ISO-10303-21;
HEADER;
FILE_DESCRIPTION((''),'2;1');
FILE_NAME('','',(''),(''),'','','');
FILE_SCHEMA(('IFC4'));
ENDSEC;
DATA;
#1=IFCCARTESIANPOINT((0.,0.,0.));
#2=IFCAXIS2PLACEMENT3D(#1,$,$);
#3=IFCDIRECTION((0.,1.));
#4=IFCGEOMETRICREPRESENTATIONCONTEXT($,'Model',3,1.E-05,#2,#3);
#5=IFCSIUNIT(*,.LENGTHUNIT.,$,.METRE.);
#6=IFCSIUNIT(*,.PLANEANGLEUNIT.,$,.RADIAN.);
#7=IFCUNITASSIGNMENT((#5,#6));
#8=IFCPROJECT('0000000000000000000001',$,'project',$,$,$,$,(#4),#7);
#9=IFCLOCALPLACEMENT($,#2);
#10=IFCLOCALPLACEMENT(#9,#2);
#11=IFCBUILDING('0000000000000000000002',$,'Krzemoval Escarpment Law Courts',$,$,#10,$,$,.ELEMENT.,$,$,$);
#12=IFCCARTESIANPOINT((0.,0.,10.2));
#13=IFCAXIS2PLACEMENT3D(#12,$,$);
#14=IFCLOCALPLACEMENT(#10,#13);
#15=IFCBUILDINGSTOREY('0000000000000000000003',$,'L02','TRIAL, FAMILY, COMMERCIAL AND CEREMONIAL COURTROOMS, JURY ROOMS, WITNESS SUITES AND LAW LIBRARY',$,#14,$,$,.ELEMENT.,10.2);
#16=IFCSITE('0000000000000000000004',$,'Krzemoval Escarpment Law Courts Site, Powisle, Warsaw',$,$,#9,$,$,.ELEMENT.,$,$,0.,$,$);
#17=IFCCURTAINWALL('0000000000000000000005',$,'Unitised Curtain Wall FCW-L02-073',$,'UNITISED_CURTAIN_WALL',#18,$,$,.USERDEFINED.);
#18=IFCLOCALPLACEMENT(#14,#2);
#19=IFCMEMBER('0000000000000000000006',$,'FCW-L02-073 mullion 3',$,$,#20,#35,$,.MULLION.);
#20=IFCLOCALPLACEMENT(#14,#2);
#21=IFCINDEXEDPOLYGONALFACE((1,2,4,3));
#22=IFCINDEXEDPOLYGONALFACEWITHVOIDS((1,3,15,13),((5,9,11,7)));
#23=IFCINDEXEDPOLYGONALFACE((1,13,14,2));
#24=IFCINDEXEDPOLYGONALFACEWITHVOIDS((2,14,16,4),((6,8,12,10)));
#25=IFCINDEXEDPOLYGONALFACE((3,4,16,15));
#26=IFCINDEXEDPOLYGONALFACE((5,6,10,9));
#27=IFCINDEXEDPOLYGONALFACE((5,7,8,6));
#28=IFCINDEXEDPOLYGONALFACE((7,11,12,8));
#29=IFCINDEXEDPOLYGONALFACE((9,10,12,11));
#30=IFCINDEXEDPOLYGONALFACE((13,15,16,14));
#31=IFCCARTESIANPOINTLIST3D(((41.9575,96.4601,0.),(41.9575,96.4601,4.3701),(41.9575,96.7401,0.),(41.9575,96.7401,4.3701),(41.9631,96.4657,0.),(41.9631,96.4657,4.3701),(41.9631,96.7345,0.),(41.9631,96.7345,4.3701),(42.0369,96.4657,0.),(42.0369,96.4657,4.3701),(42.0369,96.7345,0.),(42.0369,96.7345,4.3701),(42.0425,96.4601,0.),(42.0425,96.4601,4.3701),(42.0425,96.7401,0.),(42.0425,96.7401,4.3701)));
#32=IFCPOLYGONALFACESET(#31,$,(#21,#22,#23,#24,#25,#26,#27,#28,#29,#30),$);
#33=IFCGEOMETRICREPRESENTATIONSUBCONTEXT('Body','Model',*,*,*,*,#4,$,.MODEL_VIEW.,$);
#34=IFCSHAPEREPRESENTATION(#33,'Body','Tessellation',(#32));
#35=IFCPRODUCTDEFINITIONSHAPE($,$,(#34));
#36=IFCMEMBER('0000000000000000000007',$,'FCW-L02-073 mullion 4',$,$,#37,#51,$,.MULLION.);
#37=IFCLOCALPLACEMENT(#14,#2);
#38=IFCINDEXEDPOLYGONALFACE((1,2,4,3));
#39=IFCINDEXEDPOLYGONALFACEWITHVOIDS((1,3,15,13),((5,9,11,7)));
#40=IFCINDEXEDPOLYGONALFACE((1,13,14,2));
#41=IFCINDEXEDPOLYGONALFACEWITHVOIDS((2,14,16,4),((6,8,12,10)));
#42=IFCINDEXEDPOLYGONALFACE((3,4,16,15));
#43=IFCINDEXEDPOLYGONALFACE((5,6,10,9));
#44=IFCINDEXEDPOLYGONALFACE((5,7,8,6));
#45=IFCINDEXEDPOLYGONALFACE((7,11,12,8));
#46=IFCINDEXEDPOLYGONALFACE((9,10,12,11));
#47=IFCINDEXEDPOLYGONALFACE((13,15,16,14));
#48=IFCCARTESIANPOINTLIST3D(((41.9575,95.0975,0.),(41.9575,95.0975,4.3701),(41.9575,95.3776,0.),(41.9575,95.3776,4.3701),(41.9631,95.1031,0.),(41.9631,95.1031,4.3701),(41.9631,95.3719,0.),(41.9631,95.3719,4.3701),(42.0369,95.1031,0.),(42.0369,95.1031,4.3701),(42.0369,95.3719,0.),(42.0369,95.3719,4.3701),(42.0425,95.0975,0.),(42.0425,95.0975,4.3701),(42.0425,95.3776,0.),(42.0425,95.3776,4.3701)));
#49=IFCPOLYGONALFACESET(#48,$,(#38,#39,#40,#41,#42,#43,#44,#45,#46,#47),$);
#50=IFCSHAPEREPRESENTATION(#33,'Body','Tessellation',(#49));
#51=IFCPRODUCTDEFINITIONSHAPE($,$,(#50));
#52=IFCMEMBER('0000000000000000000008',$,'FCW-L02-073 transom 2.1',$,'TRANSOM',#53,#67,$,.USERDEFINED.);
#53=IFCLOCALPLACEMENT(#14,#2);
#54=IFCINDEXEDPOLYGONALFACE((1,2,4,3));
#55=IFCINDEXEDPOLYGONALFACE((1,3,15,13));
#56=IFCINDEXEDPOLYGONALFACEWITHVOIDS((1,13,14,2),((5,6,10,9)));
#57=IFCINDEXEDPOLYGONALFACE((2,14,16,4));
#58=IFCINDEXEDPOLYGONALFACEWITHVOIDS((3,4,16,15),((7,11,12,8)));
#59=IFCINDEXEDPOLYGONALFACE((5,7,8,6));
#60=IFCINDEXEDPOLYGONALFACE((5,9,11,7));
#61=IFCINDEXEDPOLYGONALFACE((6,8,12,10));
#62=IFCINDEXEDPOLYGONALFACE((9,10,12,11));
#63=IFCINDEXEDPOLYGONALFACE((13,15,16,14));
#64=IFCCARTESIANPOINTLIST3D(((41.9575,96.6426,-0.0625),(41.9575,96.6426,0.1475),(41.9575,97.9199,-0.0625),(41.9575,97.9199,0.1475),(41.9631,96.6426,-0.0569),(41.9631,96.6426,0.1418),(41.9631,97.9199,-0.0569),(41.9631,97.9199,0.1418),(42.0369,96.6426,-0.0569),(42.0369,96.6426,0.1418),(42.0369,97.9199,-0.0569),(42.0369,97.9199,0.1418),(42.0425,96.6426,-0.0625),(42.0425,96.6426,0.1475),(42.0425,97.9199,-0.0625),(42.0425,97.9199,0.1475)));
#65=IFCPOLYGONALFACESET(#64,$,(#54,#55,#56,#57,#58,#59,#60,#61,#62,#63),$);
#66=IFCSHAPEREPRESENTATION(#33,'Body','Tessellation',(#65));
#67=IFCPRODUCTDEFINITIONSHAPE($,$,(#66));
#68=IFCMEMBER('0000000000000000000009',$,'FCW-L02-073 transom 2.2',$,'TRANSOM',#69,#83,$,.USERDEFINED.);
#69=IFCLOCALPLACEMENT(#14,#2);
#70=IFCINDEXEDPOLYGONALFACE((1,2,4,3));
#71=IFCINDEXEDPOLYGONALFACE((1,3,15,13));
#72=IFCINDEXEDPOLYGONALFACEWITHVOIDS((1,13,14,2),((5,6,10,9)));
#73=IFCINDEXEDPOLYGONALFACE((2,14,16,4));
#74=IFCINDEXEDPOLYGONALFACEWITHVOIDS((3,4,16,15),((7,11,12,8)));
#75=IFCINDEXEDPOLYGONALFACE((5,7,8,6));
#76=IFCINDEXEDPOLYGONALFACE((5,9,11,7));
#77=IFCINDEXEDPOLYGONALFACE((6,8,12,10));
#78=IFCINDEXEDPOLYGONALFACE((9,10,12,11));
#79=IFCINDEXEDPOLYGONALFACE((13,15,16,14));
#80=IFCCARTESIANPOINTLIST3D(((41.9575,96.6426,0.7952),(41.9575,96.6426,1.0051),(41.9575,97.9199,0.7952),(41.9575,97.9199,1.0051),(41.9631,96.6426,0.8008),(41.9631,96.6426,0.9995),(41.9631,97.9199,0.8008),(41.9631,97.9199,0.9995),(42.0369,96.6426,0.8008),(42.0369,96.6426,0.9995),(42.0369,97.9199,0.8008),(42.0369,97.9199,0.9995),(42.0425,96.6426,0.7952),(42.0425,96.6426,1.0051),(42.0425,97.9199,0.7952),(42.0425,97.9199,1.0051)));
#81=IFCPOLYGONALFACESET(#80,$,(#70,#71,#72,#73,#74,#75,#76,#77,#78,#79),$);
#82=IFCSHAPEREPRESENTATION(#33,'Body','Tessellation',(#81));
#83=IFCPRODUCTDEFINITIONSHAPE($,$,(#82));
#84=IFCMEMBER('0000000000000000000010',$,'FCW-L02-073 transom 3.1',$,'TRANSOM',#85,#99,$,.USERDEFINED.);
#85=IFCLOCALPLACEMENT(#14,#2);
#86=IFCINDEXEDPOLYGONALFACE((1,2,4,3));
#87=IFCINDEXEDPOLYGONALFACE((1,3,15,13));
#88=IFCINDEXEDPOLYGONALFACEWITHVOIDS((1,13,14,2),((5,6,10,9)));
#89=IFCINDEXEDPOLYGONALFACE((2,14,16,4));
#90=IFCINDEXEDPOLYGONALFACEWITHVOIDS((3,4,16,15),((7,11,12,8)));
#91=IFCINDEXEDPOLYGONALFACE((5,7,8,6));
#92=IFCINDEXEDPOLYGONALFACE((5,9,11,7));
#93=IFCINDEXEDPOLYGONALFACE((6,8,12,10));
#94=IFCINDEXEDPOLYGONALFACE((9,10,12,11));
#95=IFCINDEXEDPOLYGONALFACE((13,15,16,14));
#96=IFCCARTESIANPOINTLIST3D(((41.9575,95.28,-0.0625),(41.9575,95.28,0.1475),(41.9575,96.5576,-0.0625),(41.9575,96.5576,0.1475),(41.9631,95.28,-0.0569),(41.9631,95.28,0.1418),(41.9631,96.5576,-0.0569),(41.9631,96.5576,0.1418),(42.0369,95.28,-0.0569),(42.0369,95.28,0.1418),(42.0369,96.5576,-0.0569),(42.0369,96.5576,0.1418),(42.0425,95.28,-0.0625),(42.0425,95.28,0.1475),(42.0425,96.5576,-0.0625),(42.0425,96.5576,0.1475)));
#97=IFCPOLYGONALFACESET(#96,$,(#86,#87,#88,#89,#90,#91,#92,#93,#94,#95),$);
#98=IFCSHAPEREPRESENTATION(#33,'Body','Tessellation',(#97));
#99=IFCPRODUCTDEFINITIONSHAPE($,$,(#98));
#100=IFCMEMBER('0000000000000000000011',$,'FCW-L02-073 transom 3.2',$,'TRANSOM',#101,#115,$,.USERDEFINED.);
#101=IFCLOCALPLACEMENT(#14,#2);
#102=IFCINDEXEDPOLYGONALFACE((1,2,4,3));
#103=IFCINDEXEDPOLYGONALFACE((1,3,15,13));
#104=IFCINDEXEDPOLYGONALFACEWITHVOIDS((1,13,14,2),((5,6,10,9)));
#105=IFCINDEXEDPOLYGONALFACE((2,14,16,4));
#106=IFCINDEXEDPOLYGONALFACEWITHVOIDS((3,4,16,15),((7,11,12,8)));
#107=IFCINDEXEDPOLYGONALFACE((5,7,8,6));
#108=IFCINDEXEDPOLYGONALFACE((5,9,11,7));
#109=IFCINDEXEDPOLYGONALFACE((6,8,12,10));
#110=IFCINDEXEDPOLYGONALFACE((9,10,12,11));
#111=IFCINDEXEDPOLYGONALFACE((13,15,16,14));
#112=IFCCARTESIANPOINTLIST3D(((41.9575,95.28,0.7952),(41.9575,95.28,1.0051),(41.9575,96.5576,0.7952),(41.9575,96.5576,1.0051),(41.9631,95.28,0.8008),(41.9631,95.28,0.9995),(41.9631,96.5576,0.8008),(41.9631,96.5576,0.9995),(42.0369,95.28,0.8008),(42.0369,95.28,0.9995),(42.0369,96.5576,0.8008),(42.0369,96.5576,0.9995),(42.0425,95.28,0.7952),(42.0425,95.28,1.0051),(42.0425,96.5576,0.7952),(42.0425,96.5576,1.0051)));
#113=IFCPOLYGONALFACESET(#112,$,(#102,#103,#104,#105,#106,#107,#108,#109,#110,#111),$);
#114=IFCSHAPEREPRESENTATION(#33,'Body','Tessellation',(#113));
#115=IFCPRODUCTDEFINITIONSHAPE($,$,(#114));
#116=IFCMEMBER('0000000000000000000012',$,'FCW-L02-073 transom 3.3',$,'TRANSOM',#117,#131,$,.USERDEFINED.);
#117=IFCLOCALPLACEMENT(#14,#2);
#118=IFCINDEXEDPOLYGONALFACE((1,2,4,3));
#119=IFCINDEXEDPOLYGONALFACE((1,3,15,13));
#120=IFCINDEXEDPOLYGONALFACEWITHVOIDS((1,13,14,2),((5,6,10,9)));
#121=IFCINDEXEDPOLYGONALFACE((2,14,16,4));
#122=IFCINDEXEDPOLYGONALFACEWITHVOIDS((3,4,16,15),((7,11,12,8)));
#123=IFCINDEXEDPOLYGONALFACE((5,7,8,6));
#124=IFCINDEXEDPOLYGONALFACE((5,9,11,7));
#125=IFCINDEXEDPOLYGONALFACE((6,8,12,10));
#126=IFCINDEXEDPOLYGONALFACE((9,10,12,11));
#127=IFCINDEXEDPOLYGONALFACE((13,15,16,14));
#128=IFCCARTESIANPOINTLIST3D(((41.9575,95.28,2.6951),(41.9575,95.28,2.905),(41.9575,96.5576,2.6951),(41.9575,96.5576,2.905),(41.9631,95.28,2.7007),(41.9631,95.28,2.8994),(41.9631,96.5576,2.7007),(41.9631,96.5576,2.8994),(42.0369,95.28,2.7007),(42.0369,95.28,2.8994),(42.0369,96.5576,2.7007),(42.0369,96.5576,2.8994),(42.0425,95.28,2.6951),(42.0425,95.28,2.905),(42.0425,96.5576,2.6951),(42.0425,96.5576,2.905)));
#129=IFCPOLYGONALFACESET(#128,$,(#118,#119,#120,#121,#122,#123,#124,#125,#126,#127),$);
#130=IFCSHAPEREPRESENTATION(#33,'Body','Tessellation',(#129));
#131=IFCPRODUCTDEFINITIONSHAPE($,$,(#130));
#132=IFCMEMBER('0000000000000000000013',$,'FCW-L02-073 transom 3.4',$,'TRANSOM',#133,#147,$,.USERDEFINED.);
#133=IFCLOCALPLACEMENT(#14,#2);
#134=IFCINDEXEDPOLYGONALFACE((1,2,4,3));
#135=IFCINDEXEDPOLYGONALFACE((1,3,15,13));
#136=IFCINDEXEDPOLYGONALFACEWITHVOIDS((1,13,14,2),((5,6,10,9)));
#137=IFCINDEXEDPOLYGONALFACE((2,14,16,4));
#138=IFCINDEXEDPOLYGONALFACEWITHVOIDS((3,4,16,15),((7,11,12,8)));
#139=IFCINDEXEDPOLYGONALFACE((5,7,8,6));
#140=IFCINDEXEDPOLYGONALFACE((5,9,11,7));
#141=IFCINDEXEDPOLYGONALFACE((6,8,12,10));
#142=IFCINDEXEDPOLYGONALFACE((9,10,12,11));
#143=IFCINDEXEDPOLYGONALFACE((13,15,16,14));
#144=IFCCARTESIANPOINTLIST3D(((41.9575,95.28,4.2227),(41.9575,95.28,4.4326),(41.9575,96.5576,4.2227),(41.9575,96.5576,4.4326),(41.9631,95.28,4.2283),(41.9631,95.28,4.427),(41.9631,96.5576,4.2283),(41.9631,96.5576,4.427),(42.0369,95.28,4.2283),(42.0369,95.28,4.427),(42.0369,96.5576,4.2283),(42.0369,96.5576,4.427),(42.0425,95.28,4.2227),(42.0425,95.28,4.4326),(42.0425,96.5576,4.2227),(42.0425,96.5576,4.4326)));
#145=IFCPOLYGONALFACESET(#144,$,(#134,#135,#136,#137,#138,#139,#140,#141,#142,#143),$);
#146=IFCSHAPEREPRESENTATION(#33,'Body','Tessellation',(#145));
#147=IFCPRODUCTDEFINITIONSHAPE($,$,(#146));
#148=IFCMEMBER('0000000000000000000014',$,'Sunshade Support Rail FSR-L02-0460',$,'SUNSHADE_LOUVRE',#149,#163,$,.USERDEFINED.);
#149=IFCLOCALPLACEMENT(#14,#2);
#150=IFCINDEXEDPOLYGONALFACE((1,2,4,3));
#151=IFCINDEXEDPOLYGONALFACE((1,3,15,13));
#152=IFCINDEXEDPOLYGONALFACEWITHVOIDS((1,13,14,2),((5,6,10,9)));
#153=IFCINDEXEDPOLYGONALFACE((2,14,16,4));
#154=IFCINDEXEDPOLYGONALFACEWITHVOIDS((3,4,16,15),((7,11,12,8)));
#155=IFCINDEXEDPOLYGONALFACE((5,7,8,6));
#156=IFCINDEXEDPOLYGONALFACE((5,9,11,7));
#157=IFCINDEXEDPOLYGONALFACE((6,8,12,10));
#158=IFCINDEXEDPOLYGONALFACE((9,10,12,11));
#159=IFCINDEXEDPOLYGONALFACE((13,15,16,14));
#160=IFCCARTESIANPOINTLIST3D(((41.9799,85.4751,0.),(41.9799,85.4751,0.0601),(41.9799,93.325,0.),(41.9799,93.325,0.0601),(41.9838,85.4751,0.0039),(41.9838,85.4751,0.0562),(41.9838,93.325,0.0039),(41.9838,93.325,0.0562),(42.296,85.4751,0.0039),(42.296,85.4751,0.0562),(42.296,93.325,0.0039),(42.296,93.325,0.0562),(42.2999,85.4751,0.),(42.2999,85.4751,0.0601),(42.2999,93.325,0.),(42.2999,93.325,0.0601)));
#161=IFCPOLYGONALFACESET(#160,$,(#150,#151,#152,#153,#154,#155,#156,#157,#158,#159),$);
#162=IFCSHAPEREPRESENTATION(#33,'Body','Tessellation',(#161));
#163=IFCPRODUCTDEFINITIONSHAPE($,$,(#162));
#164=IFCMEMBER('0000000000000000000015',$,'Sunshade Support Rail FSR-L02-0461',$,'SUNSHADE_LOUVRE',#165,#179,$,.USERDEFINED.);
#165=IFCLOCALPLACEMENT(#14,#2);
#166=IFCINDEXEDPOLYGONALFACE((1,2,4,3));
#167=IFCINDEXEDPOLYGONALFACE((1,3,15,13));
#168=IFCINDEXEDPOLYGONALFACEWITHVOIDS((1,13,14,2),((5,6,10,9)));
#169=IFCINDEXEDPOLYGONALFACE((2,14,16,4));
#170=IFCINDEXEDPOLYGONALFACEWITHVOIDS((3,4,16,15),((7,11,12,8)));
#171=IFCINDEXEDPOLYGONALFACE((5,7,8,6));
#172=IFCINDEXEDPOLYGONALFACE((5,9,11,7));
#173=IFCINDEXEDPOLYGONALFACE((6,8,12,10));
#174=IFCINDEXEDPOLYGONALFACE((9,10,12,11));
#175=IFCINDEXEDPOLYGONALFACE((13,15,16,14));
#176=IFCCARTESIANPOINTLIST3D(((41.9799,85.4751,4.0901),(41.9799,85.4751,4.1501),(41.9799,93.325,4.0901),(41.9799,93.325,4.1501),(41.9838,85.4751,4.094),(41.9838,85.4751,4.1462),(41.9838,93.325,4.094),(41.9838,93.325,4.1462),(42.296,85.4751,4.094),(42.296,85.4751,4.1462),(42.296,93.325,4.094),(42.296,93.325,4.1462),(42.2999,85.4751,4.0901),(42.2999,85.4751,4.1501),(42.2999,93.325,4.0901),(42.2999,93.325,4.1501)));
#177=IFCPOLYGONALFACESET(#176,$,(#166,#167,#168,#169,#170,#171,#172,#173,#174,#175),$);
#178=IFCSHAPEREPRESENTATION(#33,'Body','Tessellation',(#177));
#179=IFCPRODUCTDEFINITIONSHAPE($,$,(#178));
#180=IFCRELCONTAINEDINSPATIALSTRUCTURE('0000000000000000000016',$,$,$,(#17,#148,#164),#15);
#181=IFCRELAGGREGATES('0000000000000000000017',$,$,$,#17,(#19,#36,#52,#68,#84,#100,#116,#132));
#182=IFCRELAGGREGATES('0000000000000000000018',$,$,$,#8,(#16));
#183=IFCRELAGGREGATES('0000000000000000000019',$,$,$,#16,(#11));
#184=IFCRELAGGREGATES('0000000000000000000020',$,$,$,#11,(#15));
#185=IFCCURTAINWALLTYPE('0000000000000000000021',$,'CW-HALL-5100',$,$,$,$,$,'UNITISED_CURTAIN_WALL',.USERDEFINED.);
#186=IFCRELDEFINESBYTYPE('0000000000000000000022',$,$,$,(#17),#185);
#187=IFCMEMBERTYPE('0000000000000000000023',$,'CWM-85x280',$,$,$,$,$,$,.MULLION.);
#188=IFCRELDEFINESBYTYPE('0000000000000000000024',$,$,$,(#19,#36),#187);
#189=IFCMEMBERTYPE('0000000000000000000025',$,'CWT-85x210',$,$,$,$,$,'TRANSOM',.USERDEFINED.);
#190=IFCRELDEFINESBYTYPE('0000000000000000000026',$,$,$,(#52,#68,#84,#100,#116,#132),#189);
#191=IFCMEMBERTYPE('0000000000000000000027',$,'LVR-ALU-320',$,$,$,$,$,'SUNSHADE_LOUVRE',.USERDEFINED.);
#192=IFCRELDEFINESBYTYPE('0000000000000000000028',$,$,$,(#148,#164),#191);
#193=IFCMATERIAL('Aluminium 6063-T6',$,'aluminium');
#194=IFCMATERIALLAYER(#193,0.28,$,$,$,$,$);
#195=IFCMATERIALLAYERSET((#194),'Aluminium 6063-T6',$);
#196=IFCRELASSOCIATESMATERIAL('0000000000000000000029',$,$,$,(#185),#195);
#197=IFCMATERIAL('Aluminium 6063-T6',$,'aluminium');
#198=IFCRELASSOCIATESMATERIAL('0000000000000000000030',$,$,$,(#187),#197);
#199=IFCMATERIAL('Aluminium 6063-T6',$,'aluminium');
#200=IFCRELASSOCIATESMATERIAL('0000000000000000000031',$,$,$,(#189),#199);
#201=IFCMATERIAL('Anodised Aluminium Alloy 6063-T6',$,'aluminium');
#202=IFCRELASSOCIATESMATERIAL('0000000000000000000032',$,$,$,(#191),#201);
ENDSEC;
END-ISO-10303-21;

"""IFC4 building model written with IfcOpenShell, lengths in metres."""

from ifc_helpers import new_model, si_unit, direction, frame, origin, origin_2d, place, context, subcontext, project, spatial, hollow_rectangle, extrude, material, layer, layer_set, material_profile, profile_set, type_object, element, aggregate, save


model = new_model("IFC4")

# Units and contexts
model_context = context("Model", 3, precision=1e-05, world=origin(), true_north=direction((0.0, 1.0)))
body_context = subcontext(model_context, "Body", "Model", "MODEL_VIEW")
ifc_project = project(units=[si_unit("LENGTHUNIT", "METRE"), si_unit("PLANEANGLEUNIT", "RADIAN")], contexts=[model_context])

# Site, building, storey
site_placement = place(None, origin())
site = spatial("IfcSite", under=ifc_project, at=site_placement, Name="Krzemoval Escarpment Law Courts Site, Powisle, Warsaw", CompositionType="ELEMENT", RefElevation=0.0)
building_placement = place(site_placement, origin())
building = spatial("IfcBuilding", under=site, at=building_placement, Name="Krzemoval Escarpment Law Courts", CompositionType="ELEMENT")
storey_placement = place(building_placement, frame((0.0, 0.0, 10.2)))
storey = spatial("IfcBuildingStorey", under=building, at=storey_placement, Name="L02", Description="TRIAL, FAMILY, COMMERCIAL AND CEREMONIAL COURTROOMS, JURY ROOMS, WITNESS SUITES AND LAW LIBRARY", CompositionType="ELEMENT", Elevation=10.2)

# Curtain wall, members
ifc_material_1 = material(Name="Aluminium 6063-T6", Category="aluminium")
ifc_layer_1 = layer(ifc_material_1, 0.28)
ifc_layer_set_1 = layer_set([ifc_layer_1], Name="Aluminium 6063-T6")
curtain_wall_type = type_object("IfcCurtainWallType", Name="CW-HALL-5100", ElementType="UNITISED_CURTAIN_WALL", PredefinedType="USERDEFINED", material=ifc_layer_set_1)
curtain_wall_placement = place(storey_placement, origin())
curtain_wall = element("IfcCurtainWall", 1, at=curtain_wall_placement, inside=storey, type_object=curtain_wall_type, Name="Unitised Curtain Wall FCW-L02-073", ObjectType="UNITISED_CURTAIN_WALL", PredefinedType="USERDEFINED")
ifc_material_2 = material(Name="Aluminium 6063-T6", Category="aluminium")
ifc_material_profile_1 = material_profile(ifc_material_2, hollow_rectangle(XDim=0.085, YDim=0.28, WallThickness=0.0056, at=origin_2d()), Name="ALU M85x280")
ifc_profile_set_1 = profile_set([ifc_material_profile_1], Name="Aluminium 6063-T6")
member_type_1 = type_object("IfcMemberType", Name="CWM-85x280", PredefinedType="MULLION", material=ifc_profile_set_1)
member_1_placement = place(storey_placement, frame((42.0, 96.6001, 0.0), z_axis=(0.0, 0.0, 1.0), x_axis=(1.0, 0.0, 0.0)))
member_1 = element("IfcMember", 2, at=member_1_placement, type_object=member_type_1, Name="FCW-L02-073 mullion 3", PredefinedType="MULLION", context=body_context, shape_type="SweptSolid", body=[
    extrude(hollow_rectangle(XDim=0.085, YDim=0.28, WallThickness=0.0056, at=origin_2d()), origin(), (0.0, 0.0, 1.0), 4.3701),
])
member_2_placement = place(storey_placement, frame((42.0, 95.2375, 0.0), z_axis=(0.0, 0.0, 1.0), x_axis=(1.0, 0.0, 0.0)))
member_2 = element("IfcMember", 3, at=member_2_placement, type_object=member_type_1, Name="FCW-L02-073 mullion 4", PredefinedType="MULLION", context=body_context, shape_type="SweptSolid", body=[
    extrude(hollow_rectangle(XDim=0.085, YDim=0.28, WallThickness=0.0056, at=origin_2d()), origin(), (0.0, 0.0, 1.0), 4.3701),
])
ifc_material_3 = material(Name="Aluminium 6063-T6", Category="aluminium")
ifc_material_profile_2 = material_profile(ifc_material_3, hollow_rectangle(XDim=0.085, YDim=0.21, WallThickness=0.0056, at=origin_2d()), Name="ALU T85x210")
ifc_profile_set_2 = profile_set([ifc_material_profile_2], Name="Aluminium 6063-T6")
member_type_2 = type_object("IfcMemberType", Name="CWT-85x210", ElementType="TRANSOM", PredefinedType="USERDEFINED", material=ifc_profile_set_2)
member_3_placement = place(storey_placement, frame((42.0, 97.9199, 0.0425), z_axis=(0.0, -1.0, 0.0), x_axis=(1.0, 0.0, 0.0)))
member_3 = element("IfcMember", 4, at=member_3_placement, type_object=member_type_2, Name="FCW-L02-073 transom 2.1", ObjectType="TRANSOM", PredefinedType="USERDEFINED", context=body_context, shape_type="SweptSolid", body=[
    extrude(hollow_rectangle(XDim=0.085, YDim=0.21, WallThickness=0.0056, at=origin_2d()), origin(), (0.0, 0.0, 1.0), 1.2773),
])
member_4_placement = place(storey_placement, frame((42.0, 97.9199, 0.9001), z_axis=(0.0, -1.0, 0.0), x_axis=(1.0, 0.0, 0.0)))
member_4 = element("IfcMember", 5, at=member_4_placement, type_object=member_type_2, Name="FCW-L02-073 transom 2.2", ObjectType="TRANSOM", PredefinedType="USERDEFINED", context=body_context, shape_type="SweptSolid", body=[
    extrude(hollow_rectangle(XDim=0.085, YDim=0.21, WallThickness=0.0056, at=origin_2d()), origin(), (0.0, 0.0, 1.0), 1.2773),
])
member_5_placement = place(storey_placement, frame((42.0, 96.5576, 0.0425), z_axis=(0.0, -1.0, 0.0), x_axis=(1.0, 0.0, 0.0)))
member_5 = element("IfcMember", 6, at=member_5_placement, type_object=member_type_2, Name="FCW-L02-073 transom 3.1", ObjectType="TRANSOM", PredefinedType="USERDEFINED", context=body_context, shape_type="SweptSolid", body=[
    extrude(hollow_rectangle(XDim=0.085, YDim=0.21, WallThickness=0.0056, at=origin_2d()), origin(), (0.0, 0.0, 1.0), 1.2776),
])
member_6_placement = place(storey_placement, frame((42.0, 96.5576, 0.9001), z_axis=(0.0, -1.0, 0.0), x_axis=(1.0, 0.0, 0.0)))
member_6 = element("IfcMember", 7, at=member_6_placement, type_object=member_type_2, Name="FCW-L02-073 transom 3.2", ObjectType="TRANSOM", PredefinedType="USERDEFINED", context=body_context, shape_type="SweptSolid", body=[
    extrude(hollow_rectangle(XDim=0.085, YDim=0.21, WallThickness=0.0056, at=origin_2d()), origin(), (0.0, 0.0, 1.0), 1.2776),
])
member_7_placement = place(storey_placement, frame((42.0, 96.5576, 2.8), z_axis=(0.0, -1.0, 0.0), x_axis=(1.0, 0.0, 0.0)))
member_7 = element("IfcMember", 8, at=member_7_placement, type_object=member_type_2, Name="FCW-L02-073 transom 3.3", ObjectType="TRANSOM", PredefinedType="USERDEFINED", context=body_context, shape_type="SweptSolid", body=[
    extrude(hollow_rectangle(XDim=0.085, YDim=0.21, WallThickness=0.0056, at=origin_2d()), origin(), (0.0, 0.0, 1.0), 1.2776),
])
member_8_placement = place(storey_placement, frame((42.0, 96.5576, 4.3276), z_axis=(0.0, -1.0, 0.0), x_axis=(1.0, 0.0, 0.0)))
member_8 = element("IfcMember", 9, at=member_8_placement, type_object=member_type_2, Name="FCW-L02-073 transom 3.4", ObjectType="TRANSOM", PredefinedType="USERDEFINED", context=body_context, shape_type="SweptSolid", body=[
    extrude(hollow_rectangle(XDim=0.085, YDim=0.21, WallThickness=0.0056, at=origin_2d()), origin(), (0.0, 0.0, 1.0), 1.2776),
])

# Members
ifc_material_4 = material(Name="Anodised Aluminium Alloy 6063-T6", Category="aluminium")
ifc_material_profile_3 = material_profile(ifc_material_4, hollow_rectangle(XDim=0.0601, YDim=0.3201, WallThickness=0.0039, at=origin_2d()), Name="ALU LVR 60x320")
ifc_profile_set_3 = profile_set([ifc_material_profile_3], Name="Anodised Aluminium Alloy 6063-T6")
member_type_3 = type_object("IfcMemberType", Name="LVR-ALU-320", ElementType="SUNSHADE_LOUVRE", PredefinedType="USERDEFINED", material=ifc_profile_set_3)
for number, where, z_axis, x_axis, name in (
    (10, (42.1399, 93.325, 0.03), (0.0, -1.0, 0.0), (0.0, 0.0, 1.0), "Sunshade Support Rail FSR-L02-0460"),
    (11, (42.1399, 93.325, 4.1201), (0.0, -1.0, 0.0), (0.0, 0.0, 1.0), "Sunshade Support Rail FSR-L02-0461"),
):
    element("IfcMember", number, at=place(storey_placement, frame(where, z_axis=z_axis, x_axis=x_axis)), inside=storey, type_object=member_type_3, Name=name, ObjectType="SUNSHADE_LOUVRE", PredefinedType="USERDEFINED", context=body_context, shape_type="SweptSolid", body=[
        extrude(hollow_rectangle(XDim=0.0601, YDim=0.3201, WallThickness=0.0039, at=origin_2d()), origin(), (0.0, 0.0, 1.0), 7.8499),
    ])

aggregate(curtain_wall, [member_1, member_2, member_3, member_4, member_5, member_6, member_7, member_8])

save(model, "model.ifc")
